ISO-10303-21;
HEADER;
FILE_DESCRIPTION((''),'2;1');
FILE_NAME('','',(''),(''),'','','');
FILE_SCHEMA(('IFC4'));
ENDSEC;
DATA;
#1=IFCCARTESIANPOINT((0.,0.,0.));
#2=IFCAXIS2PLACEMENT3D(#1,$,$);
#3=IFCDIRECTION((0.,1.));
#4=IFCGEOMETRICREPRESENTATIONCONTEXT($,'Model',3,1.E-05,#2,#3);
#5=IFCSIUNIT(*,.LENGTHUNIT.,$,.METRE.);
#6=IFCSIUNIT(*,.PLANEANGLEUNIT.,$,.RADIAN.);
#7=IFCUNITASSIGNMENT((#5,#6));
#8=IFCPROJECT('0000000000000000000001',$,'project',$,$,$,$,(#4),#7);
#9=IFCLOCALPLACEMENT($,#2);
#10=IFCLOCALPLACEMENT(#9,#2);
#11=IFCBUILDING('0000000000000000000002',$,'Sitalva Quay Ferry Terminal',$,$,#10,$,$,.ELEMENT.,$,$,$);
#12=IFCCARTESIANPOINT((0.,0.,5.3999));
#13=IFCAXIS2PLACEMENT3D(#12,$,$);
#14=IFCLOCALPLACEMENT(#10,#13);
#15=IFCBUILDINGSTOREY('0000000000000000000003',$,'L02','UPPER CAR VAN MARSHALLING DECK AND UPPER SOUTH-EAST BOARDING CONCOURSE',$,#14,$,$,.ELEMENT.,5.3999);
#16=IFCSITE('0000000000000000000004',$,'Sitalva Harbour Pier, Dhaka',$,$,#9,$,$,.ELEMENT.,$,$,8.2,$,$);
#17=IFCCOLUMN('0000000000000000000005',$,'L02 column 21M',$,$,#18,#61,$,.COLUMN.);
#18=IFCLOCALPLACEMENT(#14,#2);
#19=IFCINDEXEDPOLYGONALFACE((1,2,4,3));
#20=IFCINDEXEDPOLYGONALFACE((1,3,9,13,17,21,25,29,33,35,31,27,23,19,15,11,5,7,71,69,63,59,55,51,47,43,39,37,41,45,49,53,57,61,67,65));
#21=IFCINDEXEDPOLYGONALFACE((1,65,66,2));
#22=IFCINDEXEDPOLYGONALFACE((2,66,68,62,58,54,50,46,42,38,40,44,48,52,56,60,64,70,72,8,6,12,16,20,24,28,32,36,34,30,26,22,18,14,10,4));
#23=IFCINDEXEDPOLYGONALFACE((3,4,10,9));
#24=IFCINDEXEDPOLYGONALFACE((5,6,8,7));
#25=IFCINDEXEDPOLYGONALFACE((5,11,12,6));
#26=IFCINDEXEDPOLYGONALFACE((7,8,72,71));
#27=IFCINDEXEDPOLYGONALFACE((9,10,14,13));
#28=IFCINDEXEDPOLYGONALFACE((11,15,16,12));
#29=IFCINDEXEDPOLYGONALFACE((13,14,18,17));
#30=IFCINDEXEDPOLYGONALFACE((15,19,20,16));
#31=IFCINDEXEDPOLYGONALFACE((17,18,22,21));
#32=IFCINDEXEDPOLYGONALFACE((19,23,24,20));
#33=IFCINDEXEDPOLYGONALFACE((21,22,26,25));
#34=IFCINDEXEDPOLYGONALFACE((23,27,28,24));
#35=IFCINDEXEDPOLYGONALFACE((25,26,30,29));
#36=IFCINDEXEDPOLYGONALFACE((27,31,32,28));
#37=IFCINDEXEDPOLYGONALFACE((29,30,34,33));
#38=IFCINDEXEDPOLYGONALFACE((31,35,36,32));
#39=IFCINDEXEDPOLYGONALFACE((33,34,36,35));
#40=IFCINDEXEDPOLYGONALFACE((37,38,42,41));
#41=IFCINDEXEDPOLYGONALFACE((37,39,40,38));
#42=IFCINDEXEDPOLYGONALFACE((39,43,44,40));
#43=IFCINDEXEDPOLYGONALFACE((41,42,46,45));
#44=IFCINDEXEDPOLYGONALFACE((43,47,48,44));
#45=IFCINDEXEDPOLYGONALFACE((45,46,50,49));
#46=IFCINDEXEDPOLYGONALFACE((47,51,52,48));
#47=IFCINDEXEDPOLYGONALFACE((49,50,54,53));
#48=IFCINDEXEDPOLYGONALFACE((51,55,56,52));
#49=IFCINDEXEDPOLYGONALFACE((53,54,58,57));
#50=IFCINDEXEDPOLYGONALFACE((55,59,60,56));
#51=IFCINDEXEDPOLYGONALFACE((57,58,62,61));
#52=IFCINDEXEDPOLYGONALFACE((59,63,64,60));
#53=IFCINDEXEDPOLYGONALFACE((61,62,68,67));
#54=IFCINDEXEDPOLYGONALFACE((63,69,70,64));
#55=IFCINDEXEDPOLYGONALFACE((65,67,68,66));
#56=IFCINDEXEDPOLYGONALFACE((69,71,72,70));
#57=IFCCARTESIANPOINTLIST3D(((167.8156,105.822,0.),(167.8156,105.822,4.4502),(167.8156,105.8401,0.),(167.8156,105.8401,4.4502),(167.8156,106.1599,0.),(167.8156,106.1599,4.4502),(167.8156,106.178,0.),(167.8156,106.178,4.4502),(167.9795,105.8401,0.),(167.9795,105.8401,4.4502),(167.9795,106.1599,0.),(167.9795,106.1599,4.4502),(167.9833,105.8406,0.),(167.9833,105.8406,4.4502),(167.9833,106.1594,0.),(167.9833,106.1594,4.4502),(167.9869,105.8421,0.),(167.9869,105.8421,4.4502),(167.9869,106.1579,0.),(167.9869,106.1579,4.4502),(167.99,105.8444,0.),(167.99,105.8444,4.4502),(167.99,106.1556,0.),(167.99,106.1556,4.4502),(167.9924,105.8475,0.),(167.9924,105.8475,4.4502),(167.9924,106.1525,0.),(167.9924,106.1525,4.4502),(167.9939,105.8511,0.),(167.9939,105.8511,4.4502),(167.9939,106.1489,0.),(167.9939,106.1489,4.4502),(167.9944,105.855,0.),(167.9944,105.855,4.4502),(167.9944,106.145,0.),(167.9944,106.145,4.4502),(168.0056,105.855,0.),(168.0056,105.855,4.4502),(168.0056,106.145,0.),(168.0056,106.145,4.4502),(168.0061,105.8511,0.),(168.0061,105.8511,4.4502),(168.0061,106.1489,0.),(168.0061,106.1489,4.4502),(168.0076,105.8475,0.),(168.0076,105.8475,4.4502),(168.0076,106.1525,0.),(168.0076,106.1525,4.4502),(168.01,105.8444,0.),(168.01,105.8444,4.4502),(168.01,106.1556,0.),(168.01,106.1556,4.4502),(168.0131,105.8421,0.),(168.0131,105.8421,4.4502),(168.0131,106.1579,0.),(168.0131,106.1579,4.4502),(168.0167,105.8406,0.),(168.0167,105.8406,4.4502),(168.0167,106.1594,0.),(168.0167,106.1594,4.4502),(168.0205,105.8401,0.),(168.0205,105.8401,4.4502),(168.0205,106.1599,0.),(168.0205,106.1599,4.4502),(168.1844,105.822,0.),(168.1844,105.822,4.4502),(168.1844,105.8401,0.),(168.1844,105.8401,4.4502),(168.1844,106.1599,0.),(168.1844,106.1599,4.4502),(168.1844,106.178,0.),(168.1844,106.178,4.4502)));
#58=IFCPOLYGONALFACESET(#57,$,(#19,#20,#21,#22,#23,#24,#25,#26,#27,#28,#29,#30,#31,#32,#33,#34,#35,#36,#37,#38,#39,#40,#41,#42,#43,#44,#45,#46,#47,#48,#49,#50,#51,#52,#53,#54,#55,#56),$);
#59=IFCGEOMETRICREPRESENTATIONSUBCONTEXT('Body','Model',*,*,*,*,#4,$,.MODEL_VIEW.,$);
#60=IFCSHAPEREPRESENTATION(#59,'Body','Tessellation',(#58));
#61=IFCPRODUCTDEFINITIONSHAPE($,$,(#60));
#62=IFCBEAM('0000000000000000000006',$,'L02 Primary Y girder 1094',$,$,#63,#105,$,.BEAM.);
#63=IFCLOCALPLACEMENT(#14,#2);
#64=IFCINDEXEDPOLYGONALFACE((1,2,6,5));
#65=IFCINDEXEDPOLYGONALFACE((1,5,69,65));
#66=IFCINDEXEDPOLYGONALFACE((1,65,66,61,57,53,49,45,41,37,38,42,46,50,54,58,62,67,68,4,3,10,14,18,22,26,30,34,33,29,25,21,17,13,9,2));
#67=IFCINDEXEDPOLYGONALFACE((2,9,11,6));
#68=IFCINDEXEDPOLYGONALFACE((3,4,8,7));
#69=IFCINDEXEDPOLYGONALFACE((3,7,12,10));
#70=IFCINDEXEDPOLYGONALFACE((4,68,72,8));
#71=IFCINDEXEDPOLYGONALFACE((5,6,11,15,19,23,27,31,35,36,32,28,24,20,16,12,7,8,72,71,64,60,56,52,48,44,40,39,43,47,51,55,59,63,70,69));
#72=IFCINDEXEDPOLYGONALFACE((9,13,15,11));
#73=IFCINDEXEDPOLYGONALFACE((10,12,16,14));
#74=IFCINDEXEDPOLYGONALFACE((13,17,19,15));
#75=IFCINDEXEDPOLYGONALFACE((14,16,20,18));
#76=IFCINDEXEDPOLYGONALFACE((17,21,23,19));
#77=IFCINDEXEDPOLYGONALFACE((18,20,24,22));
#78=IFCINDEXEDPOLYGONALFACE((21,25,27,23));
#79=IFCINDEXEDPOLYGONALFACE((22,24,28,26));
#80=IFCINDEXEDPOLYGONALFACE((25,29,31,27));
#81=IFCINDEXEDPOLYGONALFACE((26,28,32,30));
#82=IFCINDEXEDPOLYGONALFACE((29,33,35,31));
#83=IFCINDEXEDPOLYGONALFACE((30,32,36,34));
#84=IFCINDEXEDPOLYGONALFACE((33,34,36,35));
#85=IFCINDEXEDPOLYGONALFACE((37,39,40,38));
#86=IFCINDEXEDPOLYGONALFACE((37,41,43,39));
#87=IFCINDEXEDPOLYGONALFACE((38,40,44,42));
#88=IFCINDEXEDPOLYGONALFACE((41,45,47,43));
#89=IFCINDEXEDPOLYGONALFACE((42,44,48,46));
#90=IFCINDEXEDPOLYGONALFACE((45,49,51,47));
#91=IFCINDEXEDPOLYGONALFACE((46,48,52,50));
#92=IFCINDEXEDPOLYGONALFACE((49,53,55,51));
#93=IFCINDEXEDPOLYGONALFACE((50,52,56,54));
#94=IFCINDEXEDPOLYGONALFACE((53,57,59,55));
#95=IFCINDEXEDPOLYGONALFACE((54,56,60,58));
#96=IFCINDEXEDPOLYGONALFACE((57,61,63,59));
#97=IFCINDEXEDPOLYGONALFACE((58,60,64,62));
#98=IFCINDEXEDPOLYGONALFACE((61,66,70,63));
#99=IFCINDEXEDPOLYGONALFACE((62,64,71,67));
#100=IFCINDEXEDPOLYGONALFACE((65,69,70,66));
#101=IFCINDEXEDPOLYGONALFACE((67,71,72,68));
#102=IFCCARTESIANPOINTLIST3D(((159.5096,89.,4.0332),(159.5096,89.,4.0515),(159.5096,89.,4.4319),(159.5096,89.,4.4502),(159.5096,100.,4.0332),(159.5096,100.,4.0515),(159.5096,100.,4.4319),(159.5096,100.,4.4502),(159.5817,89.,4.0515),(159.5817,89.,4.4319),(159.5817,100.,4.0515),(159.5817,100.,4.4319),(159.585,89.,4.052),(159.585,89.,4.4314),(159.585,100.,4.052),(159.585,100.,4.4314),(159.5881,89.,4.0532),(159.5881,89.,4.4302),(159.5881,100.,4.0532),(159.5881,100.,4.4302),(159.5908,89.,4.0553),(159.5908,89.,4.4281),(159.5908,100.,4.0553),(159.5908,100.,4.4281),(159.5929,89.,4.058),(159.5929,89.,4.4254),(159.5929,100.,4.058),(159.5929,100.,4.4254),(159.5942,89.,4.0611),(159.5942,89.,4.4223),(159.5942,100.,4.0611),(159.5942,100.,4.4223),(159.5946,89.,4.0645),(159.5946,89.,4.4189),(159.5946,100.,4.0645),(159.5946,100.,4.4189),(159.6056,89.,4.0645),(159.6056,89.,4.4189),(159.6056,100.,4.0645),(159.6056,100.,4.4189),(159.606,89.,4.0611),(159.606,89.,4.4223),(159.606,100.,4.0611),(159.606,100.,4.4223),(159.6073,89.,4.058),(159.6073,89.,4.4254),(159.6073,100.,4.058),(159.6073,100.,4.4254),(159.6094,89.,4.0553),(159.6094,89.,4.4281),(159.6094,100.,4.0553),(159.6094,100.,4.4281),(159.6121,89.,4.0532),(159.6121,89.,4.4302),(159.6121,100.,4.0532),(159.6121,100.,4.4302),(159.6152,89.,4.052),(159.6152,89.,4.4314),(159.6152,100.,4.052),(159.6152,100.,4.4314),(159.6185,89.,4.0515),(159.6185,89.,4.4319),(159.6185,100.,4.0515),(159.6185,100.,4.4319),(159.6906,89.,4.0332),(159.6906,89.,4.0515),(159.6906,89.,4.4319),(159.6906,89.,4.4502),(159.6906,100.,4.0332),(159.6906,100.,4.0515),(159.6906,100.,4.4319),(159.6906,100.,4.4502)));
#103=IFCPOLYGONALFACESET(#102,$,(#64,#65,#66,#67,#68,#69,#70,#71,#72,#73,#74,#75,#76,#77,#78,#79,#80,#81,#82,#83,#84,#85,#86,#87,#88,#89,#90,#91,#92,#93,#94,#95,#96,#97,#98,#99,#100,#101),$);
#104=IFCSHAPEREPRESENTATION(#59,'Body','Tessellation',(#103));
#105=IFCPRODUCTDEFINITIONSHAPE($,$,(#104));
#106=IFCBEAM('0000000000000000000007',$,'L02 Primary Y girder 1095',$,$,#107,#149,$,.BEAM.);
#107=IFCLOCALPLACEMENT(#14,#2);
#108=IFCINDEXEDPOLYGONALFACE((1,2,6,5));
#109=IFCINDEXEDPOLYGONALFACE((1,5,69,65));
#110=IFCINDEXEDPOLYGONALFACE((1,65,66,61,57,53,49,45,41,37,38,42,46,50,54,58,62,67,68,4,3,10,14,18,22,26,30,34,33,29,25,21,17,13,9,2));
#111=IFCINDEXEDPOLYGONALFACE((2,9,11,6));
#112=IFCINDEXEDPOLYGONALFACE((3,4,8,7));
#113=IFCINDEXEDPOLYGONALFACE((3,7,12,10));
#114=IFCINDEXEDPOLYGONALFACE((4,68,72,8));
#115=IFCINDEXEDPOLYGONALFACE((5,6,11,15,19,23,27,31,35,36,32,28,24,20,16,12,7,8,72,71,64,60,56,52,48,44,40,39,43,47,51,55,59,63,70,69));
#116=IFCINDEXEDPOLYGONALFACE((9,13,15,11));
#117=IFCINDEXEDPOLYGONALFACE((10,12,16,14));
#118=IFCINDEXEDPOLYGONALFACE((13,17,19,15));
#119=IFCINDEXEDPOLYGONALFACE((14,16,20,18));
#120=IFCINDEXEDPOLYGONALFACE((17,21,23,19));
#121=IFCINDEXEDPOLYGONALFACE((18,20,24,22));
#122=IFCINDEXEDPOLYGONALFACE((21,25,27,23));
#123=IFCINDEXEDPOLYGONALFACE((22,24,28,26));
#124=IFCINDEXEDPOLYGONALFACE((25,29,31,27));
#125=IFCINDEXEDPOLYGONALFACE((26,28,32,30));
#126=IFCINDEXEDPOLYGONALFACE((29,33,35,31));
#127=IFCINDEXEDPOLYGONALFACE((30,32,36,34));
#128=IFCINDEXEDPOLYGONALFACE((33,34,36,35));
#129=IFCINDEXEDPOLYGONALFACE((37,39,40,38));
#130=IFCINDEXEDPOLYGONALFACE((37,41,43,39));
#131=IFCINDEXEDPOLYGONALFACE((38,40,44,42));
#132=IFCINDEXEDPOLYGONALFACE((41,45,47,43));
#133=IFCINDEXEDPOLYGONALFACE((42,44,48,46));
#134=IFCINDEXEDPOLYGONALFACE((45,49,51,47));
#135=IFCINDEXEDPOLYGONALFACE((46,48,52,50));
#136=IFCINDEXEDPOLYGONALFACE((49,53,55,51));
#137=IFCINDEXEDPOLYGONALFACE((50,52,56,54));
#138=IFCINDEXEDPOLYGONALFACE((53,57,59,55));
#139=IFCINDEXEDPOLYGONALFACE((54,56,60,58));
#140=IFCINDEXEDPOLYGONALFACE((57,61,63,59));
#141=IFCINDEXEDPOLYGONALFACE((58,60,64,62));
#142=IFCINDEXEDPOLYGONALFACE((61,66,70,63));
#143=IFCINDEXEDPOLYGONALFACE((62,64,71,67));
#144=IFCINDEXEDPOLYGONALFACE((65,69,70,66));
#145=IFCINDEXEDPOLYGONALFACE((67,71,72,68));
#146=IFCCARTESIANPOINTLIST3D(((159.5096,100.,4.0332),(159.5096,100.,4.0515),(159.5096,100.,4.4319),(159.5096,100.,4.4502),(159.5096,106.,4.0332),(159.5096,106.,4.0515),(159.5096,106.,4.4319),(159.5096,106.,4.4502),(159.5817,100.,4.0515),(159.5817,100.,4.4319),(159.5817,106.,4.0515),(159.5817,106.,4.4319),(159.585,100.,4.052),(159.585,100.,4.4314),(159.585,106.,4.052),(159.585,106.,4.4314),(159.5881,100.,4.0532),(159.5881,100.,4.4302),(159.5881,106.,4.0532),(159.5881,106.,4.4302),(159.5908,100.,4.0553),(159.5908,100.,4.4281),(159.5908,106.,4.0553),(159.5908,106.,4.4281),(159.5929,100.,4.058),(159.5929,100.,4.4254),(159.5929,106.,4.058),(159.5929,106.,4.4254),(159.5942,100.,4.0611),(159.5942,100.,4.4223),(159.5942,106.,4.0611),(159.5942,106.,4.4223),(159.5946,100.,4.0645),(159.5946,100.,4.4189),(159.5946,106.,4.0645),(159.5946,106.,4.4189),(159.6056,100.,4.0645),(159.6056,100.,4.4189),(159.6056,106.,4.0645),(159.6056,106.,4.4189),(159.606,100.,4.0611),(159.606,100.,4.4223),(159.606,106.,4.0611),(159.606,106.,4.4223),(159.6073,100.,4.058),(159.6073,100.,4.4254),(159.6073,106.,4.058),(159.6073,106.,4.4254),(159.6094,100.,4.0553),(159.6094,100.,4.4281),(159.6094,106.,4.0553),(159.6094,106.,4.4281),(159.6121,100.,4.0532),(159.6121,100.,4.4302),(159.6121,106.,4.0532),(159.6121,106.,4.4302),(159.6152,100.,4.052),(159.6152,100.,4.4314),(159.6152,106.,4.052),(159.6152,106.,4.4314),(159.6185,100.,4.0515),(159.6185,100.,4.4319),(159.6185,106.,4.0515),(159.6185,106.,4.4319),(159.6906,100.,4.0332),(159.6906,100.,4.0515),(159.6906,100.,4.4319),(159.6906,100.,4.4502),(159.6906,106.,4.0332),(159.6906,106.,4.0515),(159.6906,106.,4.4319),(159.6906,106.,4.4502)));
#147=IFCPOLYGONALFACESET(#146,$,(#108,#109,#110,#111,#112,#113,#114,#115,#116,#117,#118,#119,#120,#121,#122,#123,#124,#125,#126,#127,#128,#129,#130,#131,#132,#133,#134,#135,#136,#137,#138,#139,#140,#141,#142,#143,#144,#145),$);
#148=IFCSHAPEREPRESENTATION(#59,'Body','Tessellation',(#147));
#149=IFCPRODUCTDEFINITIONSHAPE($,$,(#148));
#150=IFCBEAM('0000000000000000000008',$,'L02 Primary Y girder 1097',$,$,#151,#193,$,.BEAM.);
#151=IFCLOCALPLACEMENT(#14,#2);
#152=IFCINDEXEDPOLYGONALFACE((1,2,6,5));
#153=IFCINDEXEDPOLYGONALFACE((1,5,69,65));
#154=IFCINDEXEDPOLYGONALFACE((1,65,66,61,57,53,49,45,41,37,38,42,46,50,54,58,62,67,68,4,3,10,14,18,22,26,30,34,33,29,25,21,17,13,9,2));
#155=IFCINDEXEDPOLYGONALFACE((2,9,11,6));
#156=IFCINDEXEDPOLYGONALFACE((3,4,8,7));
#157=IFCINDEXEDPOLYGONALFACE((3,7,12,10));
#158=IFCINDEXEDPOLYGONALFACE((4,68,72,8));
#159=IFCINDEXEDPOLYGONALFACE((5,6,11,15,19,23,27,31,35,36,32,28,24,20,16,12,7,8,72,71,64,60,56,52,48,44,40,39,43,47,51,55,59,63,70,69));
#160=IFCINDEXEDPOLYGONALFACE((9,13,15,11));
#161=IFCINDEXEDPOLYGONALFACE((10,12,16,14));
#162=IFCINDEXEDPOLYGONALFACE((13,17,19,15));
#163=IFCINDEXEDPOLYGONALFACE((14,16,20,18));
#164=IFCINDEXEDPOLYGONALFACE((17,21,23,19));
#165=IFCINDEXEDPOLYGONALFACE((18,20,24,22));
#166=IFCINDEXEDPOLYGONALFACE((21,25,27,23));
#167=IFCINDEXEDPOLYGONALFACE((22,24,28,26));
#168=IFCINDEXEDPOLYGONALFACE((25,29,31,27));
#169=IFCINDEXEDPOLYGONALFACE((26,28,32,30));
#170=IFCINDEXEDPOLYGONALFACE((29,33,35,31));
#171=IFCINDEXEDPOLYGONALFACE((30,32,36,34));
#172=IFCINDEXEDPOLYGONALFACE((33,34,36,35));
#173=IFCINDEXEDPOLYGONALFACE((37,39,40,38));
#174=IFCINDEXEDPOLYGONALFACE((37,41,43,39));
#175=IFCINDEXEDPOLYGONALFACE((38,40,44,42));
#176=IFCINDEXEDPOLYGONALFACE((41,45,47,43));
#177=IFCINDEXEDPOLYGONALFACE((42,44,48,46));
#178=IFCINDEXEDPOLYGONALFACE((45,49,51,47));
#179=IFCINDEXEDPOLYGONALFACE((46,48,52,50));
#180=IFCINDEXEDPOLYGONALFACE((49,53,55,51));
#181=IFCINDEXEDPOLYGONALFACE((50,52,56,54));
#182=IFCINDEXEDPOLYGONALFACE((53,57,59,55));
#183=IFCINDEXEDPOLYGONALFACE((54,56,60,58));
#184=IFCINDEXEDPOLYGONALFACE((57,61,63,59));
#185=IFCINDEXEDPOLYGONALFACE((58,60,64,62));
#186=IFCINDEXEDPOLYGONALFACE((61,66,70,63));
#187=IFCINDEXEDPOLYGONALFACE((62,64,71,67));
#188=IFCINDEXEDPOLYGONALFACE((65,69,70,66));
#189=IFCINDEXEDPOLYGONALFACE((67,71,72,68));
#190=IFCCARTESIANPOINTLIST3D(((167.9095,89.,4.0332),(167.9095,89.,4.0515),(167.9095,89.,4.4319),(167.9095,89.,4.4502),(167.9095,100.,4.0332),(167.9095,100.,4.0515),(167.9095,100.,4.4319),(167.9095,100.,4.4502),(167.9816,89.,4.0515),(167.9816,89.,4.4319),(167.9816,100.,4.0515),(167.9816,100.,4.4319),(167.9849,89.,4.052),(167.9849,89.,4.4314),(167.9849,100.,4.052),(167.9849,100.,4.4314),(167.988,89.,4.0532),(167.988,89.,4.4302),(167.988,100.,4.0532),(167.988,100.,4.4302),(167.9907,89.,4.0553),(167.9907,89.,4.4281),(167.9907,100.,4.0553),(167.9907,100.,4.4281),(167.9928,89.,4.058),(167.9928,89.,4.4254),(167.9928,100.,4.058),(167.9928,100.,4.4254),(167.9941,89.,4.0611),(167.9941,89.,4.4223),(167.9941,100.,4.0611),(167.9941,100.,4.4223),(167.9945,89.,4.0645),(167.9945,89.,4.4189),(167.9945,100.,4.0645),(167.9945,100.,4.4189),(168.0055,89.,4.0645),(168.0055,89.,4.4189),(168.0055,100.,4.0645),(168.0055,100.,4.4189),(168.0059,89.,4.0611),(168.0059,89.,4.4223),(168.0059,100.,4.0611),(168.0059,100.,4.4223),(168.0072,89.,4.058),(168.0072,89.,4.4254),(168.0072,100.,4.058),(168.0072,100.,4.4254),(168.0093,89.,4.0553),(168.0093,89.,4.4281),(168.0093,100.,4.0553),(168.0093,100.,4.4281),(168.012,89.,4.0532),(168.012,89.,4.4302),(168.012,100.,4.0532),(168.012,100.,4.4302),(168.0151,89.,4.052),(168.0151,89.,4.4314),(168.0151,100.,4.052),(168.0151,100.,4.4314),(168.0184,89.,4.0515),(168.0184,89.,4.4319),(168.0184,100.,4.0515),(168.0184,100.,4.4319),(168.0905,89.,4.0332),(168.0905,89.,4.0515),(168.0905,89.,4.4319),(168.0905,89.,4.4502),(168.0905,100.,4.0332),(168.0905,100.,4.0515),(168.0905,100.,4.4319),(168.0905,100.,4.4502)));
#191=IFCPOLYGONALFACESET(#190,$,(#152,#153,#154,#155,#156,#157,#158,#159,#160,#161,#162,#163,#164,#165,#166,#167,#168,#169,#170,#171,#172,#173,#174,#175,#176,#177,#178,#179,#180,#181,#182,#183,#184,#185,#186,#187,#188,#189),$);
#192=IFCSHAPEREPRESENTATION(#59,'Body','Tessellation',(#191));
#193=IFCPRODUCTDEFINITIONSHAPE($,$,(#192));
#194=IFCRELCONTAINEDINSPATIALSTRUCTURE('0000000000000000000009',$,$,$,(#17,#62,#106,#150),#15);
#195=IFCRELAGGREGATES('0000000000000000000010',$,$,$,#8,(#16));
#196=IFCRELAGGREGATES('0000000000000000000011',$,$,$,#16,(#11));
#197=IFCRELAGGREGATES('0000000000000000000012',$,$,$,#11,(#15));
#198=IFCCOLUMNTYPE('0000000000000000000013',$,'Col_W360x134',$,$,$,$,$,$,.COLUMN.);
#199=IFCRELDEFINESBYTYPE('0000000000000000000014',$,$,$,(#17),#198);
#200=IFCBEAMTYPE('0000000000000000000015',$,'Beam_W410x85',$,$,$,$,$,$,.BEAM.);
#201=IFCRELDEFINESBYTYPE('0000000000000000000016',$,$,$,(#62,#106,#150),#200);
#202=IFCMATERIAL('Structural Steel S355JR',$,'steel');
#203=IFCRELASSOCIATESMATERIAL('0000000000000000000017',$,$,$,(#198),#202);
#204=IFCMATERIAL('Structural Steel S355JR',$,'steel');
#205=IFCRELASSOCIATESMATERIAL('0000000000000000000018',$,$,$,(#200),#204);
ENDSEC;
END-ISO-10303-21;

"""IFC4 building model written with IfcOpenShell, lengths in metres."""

from ifc_helpers import new_model, si_unit, direction, frame, origin, origin_2d, place, context, subcontext, project, spatial, i_section, extrude, material, material_profile, profile_set, type_object, element, save


model = new_model("IFC4")

# Units and contexts
model_context = context("Model", 3, precision=1e-05, world=origin(), true_north=direction((0.0, 1.0)))
body_context = subcontext(model_context, "Body", "Model", "MODEL_VIEW")
ifc_project = project(units=[si_unit("LENGTHUNIT", "METRE"), si_unit("PLANEANGLEUNIT", "RADIAN")], contexts=[model_context])

# Site, building, storey
site_placement = place(None, origin())
site = spatial("IfcSite", under=ifc_project, at=site_placement, Name="Sitalva Harbour Pier, Dhaka", CompositionType="ELEMENT", RefElevation=8.2)
building_placement = place(site_placement, origin())
building = spatial("IfcBuilding", under=site, at=building_placement, Name="Sitalva Quay Ferry Terminal", CompositionType="ELEMENT")
storey_placement = place(building_placement, frame((0.0, 0.0, 5.3999)))
storey = spatial("IfcBuildingStorey", under=building, at=storey_placement, Name="L02", Description="UPPER CAR VAN MARSHALLING DECK AND UPPER SOUTH-EAST BOARDING CONCOURSE", CompositionType="ELEMENT", Elevation=5.3999)

# Column
ifc_material_1 = material(Name="Structural Steel S355JR", Category="steel")
ifc_material_profile_1 = material_profile(ifc_material_1, i_section(OverallWidth=0.3689, OverallDepth=0.356, WebThickness=0.0112, FlangeThickness=0.0181, FilletRadius=0.0149, at=origin_2d()), Name="W360x134")
ifc_profile_set_1 = profile_set([ifc_material_profile_1], Name="Structural Steel S355JR")
column_type = type_object("IfcColumnType", Name="Col_W360x134", PredefinedType="COLUMN", material=ifc_profile_set_1)
for number, where, z_axis, x_axis, name in (
    (1, (168.0, 106.0, 0.0), (0.0, 0.0, 1.0), (1.0, 0.0, 0.0), "L02 column 21M"),
):
    element("IfcColumn", number, at=place(storey_placement, frame(where, z_axis=z_axis, x_axis=x_axis)), inside=storey, type_object=column_type, Name=name, PredefinedType="COLUMN", context=body_context, shape_type="SweptSolid", body=[
        extrude(i_section(OverallWidth=0.3689, OverallDepth=0.356, WebThickness=0.0112, FlangeThickness=0.0181, FilletRadius=0.0149, at=origin_2d()), origin(), (0.0, 0.0, 1.0), 4.4502),
    ])

# Beams
ifc_material_2 = material(Name="Structural Steel S355JR", Category="steel")
ifc_material_profile_2 = material_profile(ifc_material_2, i_section(OverallWidth=0.1809, OverallDepth=0.417, WebThickness=0.011, FlangeThickness=0.0183, FilletRadius=0.0129, at=origin_2d()), Name="W410x85")
ifc_profile_set_2 = profile_set([ifc_material_profile_2], Name="Structural Steel S355JR")
beam_type_1 = type_object("IfcBeamType", Name="Beam_W410x85", PredefinedType="BEAM", material=ifc_profile_set_2)
beam_1_placement = place(storey_placement, frame((159.6001, 89.0, 4.2417), z_axis=(0.0, 1.0, 0.0), x_axis=(-1.0, 0.0, 0.0)))
element("IfcBeam", 2, at=beam_1_placement, inside=storey, type_object=beam_type_1, Name="L02 Primary Y girder 1094", PredefinedType="BEAM", context=body_context, shape_type="SweptSolid", body=[
    extrude(i_section(OverallWidth=0.1809, OverallDepth=0.417, WebThickness=0.011, FlangeThickness=0.0183, FilletRadius=0.0129, at=origin_2d()), origin(), (0.0, 0.0, 1.0), 11.0),
])
beam_2_placement = place(storey_placement, frame((159.6001, 100.0, 4.2417), z_axis=(0.0, 1.0, 0.0), x_axis=(-1.0, 0.0, 0.0)))
element("IfcBeam", 3, at=beam_2_placement, inside=storey, type_object=beam_type_1, Name="L02 Primary Y girder 1095", PredefinedType="BEAM", context=body_context, shape_type="SweptSolid", body=[
    extrude(i_section(OverallWidth=0.1809, OverallDepth=0.417, WebThickness=0.011, FlangeThickness=0.0183, FilletRadius=0.0129, at=origin_2d()), origin(), (0.0, 0.0, 1.0), 6.0),
])
beam_3_placement = place(storey_placement, frame((168.0, 89.0, 4.2417), z_axis=(0.0, 1.0, 0.0), x_axis=(-1.0, 0.0, 0.0)))
element("IfcBeam", 4, at=beam_3_placement, inside=storey, type_object=beam_type_1, Name="L02 Primary Y girder 1097", PredefinedType="BEAM", context=body_context, shape_type="SweptSolid", body=[
    extrude(i_section(OverallWidth=0.1809, OverallDepth=0.417, WebThickness=0.011, FlangeThickness=0.0183, FilletRadius=0.0129, at=origin_2d()), origin(), (0.0, 0.0, 1.0), 11.0),
])

save(model, "model.ifc")
